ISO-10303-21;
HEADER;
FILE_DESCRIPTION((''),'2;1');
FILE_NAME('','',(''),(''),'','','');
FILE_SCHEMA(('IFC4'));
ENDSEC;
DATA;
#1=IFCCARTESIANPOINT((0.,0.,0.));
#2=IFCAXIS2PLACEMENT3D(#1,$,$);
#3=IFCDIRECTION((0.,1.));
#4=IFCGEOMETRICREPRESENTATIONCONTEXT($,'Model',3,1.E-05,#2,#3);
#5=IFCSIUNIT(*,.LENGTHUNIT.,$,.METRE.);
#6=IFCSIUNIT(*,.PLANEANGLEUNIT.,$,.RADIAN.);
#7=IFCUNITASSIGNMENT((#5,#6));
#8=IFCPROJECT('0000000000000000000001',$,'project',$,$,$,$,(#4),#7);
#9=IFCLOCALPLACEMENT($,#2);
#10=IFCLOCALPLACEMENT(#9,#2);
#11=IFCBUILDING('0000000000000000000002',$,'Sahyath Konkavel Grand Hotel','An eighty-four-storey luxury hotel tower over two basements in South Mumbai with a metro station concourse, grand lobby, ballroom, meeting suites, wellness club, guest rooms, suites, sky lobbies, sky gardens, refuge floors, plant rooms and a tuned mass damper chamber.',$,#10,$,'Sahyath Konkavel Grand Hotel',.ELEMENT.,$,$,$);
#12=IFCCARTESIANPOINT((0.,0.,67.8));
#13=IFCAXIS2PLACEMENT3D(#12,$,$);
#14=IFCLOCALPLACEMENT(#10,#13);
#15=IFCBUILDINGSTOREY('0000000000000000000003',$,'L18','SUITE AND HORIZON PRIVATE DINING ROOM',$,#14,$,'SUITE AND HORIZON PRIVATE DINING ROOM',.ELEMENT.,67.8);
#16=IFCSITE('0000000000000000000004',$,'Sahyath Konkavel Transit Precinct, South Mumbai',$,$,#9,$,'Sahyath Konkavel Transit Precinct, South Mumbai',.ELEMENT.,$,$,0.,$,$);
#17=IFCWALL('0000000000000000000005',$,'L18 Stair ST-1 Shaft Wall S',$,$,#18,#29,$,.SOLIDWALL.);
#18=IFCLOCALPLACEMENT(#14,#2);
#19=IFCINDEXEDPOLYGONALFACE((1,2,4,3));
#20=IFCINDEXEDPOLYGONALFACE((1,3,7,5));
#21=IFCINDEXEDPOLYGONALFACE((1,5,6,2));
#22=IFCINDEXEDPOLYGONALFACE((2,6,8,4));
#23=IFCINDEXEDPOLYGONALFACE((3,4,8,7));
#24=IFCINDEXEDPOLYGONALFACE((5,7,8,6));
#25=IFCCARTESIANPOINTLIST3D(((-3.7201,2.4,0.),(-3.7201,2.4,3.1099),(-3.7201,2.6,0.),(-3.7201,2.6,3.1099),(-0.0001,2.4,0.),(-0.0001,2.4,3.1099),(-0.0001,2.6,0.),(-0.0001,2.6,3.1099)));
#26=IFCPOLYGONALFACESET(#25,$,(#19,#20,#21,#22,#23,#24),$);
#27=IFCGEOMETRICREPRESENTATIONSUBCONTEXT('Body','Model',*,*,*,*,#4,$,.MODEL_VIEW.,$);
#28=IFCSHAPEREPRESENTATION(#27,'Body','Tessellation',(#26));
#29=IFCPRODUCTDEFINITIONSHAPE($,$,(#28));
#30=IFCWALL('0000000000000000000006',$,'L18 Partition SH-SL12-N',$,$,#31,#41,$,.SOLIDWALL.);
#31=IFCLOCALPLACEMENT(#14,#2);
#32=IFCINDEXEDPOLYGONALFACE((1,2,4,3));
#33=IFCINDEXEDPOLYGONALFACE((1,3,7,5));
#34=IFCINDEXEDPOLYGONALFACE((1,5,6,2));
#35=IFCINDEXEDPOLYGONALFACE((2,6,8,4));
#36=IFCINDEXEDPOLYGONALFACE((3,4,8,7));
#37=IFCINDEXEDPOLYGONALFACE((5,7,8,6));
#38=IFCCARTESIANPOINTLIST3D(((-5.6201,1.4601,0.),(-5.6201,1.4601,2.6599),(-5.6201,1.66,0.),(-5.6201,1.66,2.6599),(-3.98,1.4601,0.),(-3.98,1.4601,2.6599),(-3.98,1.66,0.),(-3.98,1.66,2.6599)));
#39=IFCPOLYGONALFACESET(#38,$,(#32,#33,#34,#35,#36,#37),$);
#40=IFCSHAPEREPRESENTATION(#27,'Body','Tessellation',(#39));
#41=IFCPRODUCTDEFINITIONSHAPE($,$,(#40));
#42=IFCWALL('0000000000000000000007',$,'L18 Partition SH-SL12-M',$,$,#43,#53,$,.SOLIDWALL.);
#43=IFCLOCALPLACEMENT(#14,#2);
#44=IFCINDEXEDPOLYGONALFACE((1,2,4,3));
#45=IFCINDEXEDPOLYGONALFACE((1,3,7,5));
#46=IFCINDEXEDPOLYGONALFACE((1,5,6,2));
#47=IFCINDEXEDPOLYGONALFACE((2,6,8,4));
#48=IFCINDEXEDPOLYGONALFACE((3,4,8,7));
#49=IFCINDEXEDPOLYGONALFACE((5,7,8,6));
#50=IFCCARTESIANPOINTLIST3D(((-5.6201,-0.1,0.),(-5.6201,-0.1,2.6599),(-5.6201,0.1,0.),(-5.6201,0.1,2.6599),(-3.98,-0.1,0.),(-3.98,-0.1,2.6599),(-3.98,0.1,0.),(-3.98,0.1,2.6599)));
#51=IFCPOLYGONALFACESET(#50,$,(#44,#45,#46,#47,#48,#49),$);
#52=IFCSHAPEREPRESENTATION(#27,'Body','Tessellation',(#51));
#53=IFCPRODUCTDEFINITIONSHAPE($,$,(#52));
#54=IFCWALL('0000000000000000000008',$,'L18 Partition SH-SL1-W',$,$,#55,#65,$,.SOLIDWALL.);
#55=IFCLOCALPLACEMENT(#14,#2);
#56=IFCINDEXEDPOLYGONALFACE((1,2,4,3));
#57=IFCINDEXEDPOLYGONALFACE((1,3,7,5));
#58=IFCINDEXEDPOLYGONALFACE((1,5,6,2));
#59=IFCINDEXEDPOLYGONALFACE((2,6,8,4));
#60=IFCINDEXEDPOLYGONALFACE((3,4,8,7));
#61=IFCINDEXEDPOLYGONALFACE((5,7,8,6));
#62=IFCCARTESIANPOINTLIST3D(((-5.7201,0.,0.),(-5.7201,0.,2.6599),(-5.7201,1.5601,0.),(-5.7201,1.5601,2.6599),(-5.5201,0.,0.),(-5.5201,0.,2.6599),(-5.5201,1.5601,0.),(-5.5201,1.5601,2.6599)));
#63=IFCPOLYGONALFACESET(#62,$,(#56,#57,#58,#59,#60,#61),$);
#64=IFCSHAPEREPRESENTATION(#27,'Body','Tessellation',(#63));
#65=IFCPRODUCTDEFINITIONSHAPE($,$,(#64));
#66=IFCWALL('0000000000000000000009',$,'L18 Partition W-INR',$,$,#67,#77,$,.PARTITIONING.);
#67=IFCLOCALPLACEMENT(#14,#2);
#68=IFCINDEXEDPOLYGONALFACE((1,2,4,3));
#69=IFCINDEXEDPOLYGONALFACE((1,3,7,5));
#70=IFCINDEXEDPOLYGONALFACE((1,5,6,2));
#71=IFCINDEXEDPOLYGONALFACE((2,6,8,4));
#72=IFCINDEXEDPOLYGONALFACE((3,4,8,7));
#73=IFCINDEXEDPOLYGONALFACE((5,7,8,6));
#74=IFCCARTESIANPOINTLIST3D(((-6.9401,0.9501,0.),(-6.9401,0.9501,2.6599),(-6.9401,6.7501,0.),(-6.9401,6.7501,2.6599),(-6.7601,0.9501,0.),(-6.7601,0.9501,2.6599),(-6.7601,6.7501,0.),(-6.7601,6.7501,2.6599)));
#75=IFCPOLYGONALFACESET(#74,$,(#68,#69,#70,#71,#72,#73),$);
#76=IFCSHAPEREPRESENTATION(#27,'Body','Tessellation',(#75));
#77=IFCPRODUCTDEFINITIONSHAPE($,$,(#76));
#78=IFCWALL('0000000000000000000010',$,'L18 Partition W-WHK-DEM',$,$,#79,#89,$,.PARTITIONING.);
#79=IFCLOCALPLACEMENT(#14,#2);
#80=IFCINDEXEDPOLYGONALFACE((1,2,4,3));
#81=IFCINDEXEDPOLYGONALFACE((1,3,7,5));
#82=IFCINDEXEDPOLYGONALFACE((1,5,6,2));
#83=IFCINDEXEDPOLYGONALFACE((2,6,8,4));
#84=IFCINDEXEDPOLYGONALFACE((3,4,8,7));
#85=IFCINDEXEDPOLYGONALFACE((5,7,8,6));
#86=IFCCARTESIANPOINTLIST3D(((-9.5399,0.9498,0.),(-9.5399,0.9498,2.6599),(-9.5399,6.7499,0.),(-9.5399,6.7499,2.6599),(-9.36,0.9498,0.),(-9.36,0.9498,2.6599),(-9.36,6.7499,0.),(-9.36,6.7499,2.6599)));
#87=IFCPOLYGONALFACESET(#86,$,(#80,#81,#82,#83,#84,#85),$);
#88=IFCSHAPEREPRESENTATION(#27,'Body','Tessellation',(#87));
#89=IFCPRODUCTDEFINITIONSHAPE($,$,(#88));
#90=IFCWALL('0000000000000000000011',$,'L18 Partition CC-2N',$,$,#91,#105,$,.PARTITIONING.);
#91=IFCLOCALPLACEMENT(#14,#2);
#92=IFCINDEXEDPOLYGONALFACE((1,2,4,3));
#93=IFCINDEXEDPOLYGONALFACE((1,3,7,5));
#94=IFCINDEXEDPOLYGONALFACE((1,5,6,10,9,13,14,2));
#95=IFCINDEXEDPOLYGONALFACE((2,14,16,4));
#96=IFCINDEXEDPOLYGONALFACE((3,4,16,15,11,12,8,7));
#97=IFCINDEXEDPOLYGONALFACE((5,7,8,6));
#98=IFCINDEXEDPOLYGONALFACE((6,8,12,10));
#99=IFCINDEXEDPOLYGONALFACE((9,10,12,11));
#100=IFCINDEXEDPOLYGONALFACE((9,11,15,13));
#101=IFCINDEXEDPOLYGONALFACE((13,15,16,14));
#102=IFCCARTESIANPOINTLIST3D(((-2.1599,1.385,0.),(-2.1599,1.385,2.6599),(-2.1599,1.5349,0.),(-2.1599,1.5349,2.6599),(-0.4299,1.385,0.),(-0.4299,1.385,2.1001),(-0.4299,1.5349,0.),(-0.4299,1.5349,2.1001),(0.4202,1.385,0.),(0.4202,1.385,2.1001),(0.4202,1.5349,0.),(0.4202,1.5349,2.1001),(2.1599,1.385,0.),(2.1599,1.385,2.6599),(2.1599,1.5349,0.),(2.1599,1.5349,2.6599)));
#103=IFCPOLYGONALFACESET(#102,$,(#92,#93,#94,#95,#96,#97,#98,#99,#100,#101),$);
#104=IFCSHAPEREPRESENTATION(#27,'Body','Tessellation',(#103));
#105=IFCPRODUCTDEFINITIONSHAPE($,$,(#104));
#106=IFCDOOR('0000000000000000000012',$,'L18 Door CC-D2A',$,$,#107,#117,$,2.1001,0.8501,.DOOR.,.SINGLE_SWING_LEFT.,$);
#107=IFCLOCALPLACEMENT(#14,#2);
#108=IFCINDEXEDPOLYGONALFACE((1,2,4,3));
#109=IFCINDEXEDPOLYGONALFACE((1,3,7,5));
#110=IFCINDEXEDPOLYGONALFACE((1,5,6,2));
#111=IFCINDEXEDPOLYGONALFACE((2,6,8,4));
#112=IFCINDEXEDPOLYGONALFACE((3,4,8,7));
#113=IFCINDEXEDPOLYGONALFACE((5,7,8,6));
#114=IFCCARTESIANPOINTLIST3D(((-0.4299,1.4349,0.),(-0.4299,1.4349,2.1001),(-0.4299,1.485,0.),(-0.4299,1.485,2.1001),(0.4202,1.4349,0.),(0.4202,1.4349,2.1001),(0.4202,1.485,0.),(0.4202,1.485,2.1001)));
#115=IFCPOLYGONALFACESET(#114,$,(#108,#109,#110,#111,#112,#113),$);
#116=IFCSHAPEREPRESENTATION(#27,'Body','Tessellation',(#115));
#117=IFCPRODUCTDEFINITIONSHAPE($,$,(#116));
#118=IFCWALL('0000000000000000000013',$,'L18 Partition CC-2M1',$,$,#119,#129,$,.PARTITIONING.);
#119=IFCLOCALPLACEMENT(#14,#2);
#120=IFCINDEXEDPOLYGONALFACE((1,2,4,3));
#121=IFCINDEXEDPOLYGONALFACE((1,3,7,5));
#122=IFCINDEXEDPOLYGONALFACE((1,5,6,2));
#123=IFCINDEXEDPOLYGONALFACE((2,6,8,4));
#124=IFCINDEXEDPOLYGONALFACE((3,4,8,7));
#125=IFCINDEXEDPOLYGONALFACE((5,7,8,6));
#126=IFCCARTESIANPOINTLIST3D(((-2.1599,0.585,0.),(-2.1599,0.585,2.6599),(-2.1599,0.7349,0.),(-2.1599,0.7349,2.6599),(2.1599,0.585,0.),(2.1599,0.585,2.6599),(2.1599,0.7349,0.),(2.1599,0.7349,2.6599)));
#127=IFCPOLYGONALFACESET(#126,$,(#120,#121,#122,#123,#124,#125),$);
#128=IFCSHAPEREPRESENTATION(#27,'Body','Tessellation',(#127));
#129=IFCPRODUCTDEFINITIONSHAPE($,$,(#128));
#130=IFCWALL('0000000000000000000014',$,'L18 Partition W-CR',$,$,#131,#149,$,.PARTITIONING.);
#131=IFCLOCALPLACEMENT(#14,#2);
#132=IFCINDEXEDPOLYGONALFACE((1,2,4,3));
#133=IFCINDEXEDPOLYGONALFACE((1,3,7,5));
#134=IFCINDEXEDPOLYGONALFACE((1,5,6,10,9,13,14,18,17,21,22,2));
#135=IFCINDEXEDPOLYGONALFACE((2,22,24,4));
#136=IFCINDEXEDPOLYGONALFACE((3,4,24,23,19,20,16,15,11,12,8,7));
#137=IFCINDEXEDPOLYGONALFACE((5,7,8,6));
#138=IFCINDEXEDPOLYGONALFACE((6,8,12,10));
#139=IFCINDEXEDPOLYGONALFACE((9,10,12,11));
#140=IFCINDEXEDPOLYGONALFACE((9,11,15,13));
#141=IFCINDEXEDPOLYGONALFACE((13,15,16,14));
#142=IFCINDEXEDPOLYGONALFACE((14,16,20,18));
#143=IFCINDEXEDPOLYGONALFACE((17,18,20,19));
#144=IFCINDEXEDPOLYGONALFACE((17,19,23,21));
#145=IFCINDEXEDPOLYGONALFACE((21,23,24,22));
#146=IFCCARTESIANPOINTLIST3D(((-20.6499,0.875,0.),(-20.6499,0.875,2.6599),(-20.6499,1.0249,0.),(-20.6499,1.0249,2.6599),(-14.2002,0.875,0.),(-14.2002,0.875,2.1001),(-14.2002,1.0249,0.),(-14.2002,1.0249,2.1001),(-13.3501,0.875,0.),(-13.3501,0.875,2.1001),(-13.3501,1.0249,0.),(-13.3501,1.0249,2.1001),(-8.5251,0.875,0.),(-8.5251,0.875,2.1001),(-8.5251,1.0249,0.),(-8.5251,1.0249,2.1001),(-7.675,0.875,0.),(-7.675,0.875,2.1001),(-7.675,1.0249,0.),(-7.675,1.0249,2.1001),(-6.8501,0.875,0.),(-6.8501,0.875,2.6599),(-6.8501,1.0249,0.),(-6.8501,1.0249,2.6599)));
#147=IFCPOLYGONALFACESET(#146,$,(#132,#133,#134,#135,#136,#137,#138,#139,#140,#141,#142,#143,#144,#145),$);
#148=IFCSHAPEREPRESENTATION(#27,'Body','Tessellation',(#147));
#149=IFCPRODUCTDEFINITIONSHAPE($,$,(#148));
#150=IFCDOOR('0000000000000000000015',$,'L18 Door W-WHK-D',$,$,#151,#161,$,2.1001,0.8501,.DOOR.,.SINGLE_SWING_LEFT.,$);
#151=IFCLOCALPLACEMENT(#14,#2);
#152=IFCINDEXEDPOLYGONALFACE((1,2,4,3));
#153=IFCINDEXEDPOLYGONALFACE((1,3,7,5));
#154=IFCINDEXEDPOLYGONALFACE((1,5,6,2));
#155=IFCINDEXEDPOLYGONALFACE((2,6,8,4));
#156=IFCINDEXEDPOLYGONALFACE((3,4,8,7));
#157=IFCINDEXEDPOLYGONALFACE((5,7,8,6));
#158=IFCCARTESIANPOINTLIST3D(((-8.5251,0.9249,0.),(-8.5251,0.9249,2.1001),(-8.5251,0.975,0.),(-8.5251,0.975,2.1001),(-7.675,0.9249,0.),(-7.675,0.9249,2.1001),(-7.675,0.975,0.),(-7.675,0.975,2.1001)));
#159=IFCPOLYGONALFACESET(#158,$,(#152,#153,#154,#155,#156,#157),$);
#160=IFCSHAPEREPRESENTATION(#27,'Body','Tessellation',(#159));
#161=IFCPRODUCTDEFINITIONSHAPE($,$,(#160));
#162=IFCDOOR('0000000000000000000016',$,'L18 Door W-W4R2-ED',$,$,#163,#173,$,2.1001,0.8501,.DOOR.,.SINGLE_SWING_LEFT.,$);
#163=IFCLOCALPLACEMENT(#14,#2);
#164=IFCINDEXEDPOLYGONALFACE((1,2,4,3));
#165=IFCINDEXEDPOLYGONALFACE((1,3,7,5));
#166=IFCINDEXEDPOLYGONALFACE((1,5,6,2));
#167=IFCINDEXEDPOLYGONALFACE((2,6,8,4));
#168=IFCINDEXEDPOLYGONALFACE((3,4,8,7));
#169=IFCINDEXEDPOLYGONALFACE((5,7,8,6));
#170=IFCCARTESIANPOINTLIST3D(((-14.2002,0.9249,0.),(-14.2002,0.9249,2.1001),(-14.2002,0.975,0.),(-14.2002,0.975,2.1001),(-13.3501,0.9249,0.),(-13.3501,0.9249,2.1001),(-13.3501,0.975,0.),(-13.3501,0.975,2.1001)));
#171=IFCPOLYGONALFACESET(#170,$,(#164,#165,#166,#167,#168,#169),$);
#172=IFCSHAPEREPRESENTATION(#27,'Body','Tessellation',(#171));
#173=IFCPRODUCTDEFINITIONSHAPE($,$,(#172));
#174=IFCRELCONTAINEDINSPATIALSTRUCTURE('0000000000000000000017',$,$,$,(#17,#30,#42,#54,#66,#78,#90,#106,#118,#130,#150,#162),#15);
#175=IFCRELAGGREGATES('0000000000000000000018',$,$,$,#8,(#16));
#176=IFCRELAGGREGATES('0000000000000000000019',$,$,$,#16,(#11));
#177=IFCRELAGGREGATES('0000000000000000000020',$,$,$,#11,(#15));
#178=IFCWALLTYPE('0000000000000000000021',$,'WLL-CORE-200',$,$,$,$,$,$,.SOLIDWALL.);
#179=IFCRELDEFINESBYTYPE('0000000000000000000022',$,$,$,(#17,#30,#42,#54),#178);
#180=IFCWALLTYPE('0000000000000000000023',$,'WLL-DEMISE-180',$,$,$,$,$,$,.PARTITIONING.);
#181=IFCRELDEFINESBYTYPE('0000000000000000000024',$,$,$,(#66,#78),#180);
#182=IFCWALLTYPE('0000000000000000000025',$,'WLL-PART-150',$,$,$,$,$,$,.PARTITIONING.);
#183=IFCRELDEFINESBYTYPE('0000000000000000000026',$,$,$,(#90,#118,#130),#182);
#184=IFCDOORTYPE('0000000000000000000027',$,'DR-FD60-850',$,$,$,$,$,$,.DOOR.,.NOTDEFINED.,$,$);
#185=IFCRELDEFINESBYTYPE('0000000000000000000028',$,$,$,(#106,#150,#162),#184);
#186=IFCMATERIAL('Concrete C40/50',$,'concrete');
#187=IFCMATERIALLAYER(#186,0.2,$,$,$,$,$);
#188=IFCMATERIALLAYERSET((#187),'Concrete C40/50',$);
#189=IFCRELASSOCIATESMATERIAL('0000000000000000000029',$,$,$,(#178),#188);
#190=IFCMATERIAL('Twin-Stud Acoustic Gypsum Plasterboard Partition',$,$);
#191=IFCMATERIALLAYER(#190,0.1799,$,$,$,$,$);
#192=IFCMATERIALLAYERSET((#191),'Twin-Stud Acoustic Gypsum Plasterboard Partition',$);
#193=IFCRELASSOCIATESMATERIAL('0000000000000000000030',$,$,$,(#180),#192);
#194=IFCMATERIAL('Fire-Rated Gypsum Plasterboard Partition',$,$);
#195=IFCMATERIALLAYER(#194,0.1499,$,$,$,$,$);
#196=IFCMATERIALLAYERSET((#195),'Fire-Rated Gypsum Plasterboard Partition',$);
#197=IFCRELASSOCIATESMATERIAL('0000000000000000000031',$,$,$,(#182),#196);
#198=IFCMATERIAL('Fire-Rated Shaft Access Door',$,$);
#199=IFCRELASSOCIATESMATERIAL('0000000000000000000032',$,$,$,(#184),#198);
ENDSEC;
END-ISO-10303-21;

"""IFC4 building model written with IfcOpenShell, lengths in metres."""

from ifc_helpers import new_model, si_unit, direction, frame, frame_2d, origin, origin_2d, place, context, subcontext, project, spatial, rectangle, extrude, source, transform, mapped, material, layer, layer_set, type_object, element, fill, save


model = new_model("IFC4")

# Units and contexts
model_context = context("Model", 3, precision=1e-05, world=origin(), true_north=direction((0.0, 1.0)))
body_context = subcontext(model_context, "Body", "Model", "MODEL_VIEW")
ifc_project = project(units=[si_unit("LENGTHUNIT", "METRE"), si_unit("PLANEANGLEUNIT", "RADIAN")], contexts=[model_context])

# Site, building, storey
site_placement = place(None, origin())
site = spatial("IfcSite", under=ifc_project, at=site_placement, Name="Sahyath Konkavel Transit Precinct, South Mumbai", LongName="Sahyath Konkavel Transit Precinct, South Mumbai", CompositionType="ELEMENT", RefElevation=0.0)
building_placement = place(site_placement, origin())
building = spatial("IfcBuilding", under=site, at=building_placement, Name="Sahyath Konkavel Grand Hotel", Description="An eighty-four-storey luxury hotel tower over two basements in South Mumbai with a metro station concourse, grand lobby, ballroom, meeting suites, wellness club, guest rooms, suites, sky lobbies, sky gardens, refuge floors, plant rooms and a tuned mass damper chamber.", LongName="Sahyath Konkavel Grand Hotel", CompositionType="ELEMENT")
storey_placement = place(building_placement, frame((0.0, 0.0, 67.8)))
storey = spatial("IfcBuildingStorey", under=building, at=storey_placement, Name="L18", Description="SUITE AND HORIZON PRIVATE DINING ROOM", LongName="SUITE AND HORIZON PRIVATE DINING ROOM", CompositionType="ELEMENT", Elevation=67.8)

# Walls
ifc_material_1 = material(Name="Concrete C40/50", Category="concrete")
ifc_layer_1 = layer(ifc_material_1, 0.2)
ifc_layer_set_1 = layer_set([ifc_layer_1], Name="Concrete C40/50")
wall_type_1 = type_object("IfcWallType", Name="WLL-CORE-200", PredefinedType="SOLIDWALL", material=ifc_layer_set_1)
wall_1_placement = place(storey_placement, frame((-3.72, 2.5, 0.0), z_axis=(0.0, 0.0, 1.0), x_axis=(1.0, 0.0, 0.0)))
element("IfcWall", 1, at=wall_1_placement, inside=storey, type_object=wall_type_1, Name="L18 Stair ST-1 Shaft Wall S", PredefinedType="SOLIDWALL", context=body_context, shape_type="SweptSolid", body=[
    extrude(rectangle(XDim=3.72, YDim=0.2, at=frame_2d((1.8599, 0.0))), origin(), (0.0, 0.0, 1.0), 3.1099),
])
for number, where, z_axis, x_axis, name in (
    (2, (-5.6201, 1.5601, 0.0), (0.0, 0.0, 1.0), (1.0, 0.0, 0.0), "L18 Partition SH-SL12-N"),
    (3, (-5.6201, 0.0, 0.0), (0.0, 0.0, 1.0), (1.0, 0.0, 0.0), "L18 Partition SH-SL12-M"),
):
    element("IfcWall", number, at=place(storey_placement, frame(where, z_axis=z_axis, x_axis=x_axis)), inside=storey, type_object=wall_type_1, Name=name, PredefinedType="SOLIDWALL", context=body_context, shape_type="SweptSolid", body=[
        extrude(rectangle(XDim=1.6401, YDim=0.2, at=frame_2d((0.8201, 0.0))), origin(), (0.0, 0.0, 1.0), 2.6599),
    ])
wall_2_placement = place(storey_placement, frame((-5.6201, 0.0, 0.0), z_axis=(0.0, 0.0, 1.0), x_axis=(0.0, 1.0, 0.0)))
element("IfcWall", 4, at=wall_2_placement, inside=storey, type_object=wall_type_1, Name="L18 Partition SH-SL1-W", PredefinedType="SOLIDWALL", context=body_context, shape_type="SweptSolid", body=[
    extrude(rectangle(XDim=1.5601, YDim=0.2, at=frame_2d((0.78, 0.0))), origin(), (0.0, 0.0, 1.0), 2.6599),
])
ifc_material_2 = material(Name="Twin-Stud Acoustic Gypsum Plasterboard Partition")
ifc_layer_2 = layer(ifc_material_2, 0.1799)
ifc_layer_set_2 = layer_set([ifc_layer_2], Name="Twin-Stud Acoustic Gypsum Plasterboard Partition")
wall_type_2 = type_object("IfcWallType", Name="WLL-DEMISE-180", PredefinedType="PARTITIONING", material=ifc_layer_set_2)
for number, where, z_axis, x_axis, name in (
    (5, (-6.8501, 6.75, 0.0), (0.0, 0.0, 1.0), (0.0, -1.0, 0.0), "L18 Partition W-INR"),
    (6, (-9.45, 0.95, 0.0), (0.0, 0.0, 1.0), (0.0, 1.0, 0.0), "L18 Partition W-WHK-DEM"),
):
    element("IfcWall", number, at=place(storey_placement, frame(where, z_axis=z_axis, x_axis=x_axis)), inside=storey, type_object=wall_type_2, Name=name, PredefinedType="PARTITIONING", context=body_context, shape_type="SweptSolid", body=[
        extrude(rectangle(XDim=5.8, YDim=0.1799, at=frame_2d((2.8999, 0.0))), origin(), (0.0, 0.0, 1.0), 2.6599),
    ])

# Wall, opening, door
ifc_material_3 = material(Name="Fire-Rated Gypsum Plasterboard Partition")
ifc_layer_3 = layer(ifc_material_3, 0.1499)
ifc_layer_set_3 = layer_set([ifc_layer_3], Name="Fire-Rated Gypsum Plasterboard Partition")
wall_type_3 = type_object("IfcWallType", Name="WLL-PART-150", PredefinedType="PARTITIONING", material=ifc_layer_set_3)
wall_3_placement = place(storey_placement, frame((-2.1599, 1.46, 0.0), z_axis=(0.0, 0.0, 1.0), x_axis=(1.0, 0.0, 0.0)))
wall_3 = element("IfcWall", 7, at=wall_3_placement, inside=storey, type_object=wall_type_3, Name="L18 Partition CC-2N", PredefinedType="PARTITIONING", context=body_context, shape_type="SweptSolid", body=[
    extrude(rectangle(XDim=4.3198, YDim=0.1499, at=frame_2d((2.1599, 0.0))), origin(), (0.0, 0.0, 1.0), 2.6599),
])
opening_1_placement = place(wall_3_placement, frame((1.73, 0.0, 0.0)))
opening_1 = element("IfcOpeningElement", 8, at=opening_1_placement, cuts=wall_3, PredefinedType="OPENING", context=body_context, shape_type="SweptSolid", body=[
    extrude(rectangle(XDim=0.8501, YDim=2.1001, at=frame_2d((0.425, 1.05))), frame((0.0, 0.085, 0.0), z_axis=(0.0, -1.0, 0.0), x_axis=(1.0, 0.0, 0.0)), (0.0, 0.0, 1.0), 0.1699),
])
ifc_material_4 = material(Name="Fire-Rated Shaft Access Door")
door_type_1 = type_object("IfcDoorType", Name="DR-FD60-850", OperationType="NOTDEFINED", PredefinedType="DOOR", material=ifc_material_4)
shared_shape_1 = source(origin(), body_context, "Body", "SweptSolid", [
    extrude(rectangle(XDim=0.8501, YDim=0.05, at=origin_2d()), origin(), (0.0, 0.0, 1.0), 2.1001),
])
door_1_placement = place(opening_1_placement, frame((0.425, 0.0, 0.0)))
door_1 = element("IfcDoor", 9, at=door_1_placement, inside=storey, type_object=door_type_1, Name="L18 Door CC-D2A", OperationType="SINGLE_SWING_LEFT", OverallHeight=2.1001, OverallWidth=0.8501, PredefinedType="DOOR", context=body_context, shape_type="MappedRepresentation", body=[
    mapped(shared_shape_1, transform((0.0, 0.0, 0.0), scale=1.0)),
])
fill(opening_1, door_1)

# Wall
wall_4_placement = place(storey_placement, frame((-2.1599, 0.6599, 0.0), z_axis=(0.0, 0.0, 1.0), x_axis=(1.0, 0.0, 0.0)))
element("IfcWall", 10, at=wall_4_placement, inside=storey, type_object=wall_type_3, Name="L18 Partition CC-2M1", PredefinedType="PARTITIONING", context=body_context, shape_type="SweptSolid", body=[
    extrude(rectangle(XDim=4.3198, YDim=0.1499, at=frame_2d((2.1599, 0.0))), origin(), (0.0, 0.0, 1.0), 2.6599),
])

# Wall, openings, doors
wall_5_placement = place(storey_placement, frame((-6.8501, 0.95, 0.0), z_axis=(0.0, 0.0, 1.0), x_axis=(-1.0, 0.0, 0.0)))
wall_5 = element("IfcWall", 11, at=wall_5_placement, inside=storey, type_object=wall_type_3, Name="L18 Partition W-CR", PredefinedType="PARTITIONING", context=body_context, shape_type="SweptSolid", body=[
    extrude(rectangle(XDim=13.7998, YDim=0.1499, at=frame_2d((6.8999, 0.0))), origin(), (0.0, 0.0, 1.0), 2.6599),
])
opening_2_placement = place(wall_5_placement, frame((0.825, 0.0, 0.0)))
opening_2 = element("IfcOpeningElement", 12, at=opening_2_placement, cuts=wall_5, PredefinedType="OPENING", context=body_context, shape_type="SweptSolid", body=[
    extrude(rectangle(XDim=0.8501, YDim=2.1001, at=frame_2d((0.425, 1.05))), frame((0.0, 0.085, 0.0), z_axis=(0.0, -1.0, 0.0), x_axis=(1.0, 0.0, 0.0)), (0.0, 0.0, 1.0), 0.1699),
])
opening_3_placement = place(wall_5_placement, frame((6.5, 0.0, 0.0)))
opening_3 = element("IfcOpeningElement", 13, at=opening_3_placement, cuts=wall_5, PredefinedType="OPENING", context=body_context, shape_type="SweptSolid", body=[
    extrude(rectangle(XDim=0.8501, YDim=2.1001, at=frame_2d((0.425, 1.05))), frame((0.0, 0.085, 0.0), z_axis=(0.0, -1.0, 0.0), x_axis=(1.0, 0.0, 0.0)), (0.0, 0.0, 1.0), 0.1699),
])
door_2_placement = place(opening_2_placement, frame((0.425, 0.0, 0.0)))
door_2 = element("IfcDoor", 14, at=door_2_placement, inside=storey, type_object=door_type_1, Name="L18 Door W-WHK-D", OperationType="SINGLE_SWING_LEFT", OverallHeight=2.1001, OverallWidth=0.8501, PredefinedType="DOOR", context=body_context, shape_type="MappedRepresentation", body=[
    mapped(shared_shape_1, transform((0.0, 0.0, 0.0), scale=1.0)),
])
fill(opening_2, door_2)
door_3_placement = place(opening_3_placement, frame((0.425, 0.0, 0.0)))
door_3 = element("IfcDoor", 15, at=door_3_placement, inside=storey, type_object=door_type_1, Name="L18 Door W-W4R2-ED", OperationType="SINGLE_SWING_LEFT", OverallHeight=2.1001, OverallWidth=0.8501, PredefinedType="DOOR", context=body_context, shape_type="MappedRepresentation", body=[
    mapped(shared_shape_1, transform((0.0, 0.0, 0.0), scale=1.0)),
])
fill(opening_3, door_3)

save(model, "model.ifc")
